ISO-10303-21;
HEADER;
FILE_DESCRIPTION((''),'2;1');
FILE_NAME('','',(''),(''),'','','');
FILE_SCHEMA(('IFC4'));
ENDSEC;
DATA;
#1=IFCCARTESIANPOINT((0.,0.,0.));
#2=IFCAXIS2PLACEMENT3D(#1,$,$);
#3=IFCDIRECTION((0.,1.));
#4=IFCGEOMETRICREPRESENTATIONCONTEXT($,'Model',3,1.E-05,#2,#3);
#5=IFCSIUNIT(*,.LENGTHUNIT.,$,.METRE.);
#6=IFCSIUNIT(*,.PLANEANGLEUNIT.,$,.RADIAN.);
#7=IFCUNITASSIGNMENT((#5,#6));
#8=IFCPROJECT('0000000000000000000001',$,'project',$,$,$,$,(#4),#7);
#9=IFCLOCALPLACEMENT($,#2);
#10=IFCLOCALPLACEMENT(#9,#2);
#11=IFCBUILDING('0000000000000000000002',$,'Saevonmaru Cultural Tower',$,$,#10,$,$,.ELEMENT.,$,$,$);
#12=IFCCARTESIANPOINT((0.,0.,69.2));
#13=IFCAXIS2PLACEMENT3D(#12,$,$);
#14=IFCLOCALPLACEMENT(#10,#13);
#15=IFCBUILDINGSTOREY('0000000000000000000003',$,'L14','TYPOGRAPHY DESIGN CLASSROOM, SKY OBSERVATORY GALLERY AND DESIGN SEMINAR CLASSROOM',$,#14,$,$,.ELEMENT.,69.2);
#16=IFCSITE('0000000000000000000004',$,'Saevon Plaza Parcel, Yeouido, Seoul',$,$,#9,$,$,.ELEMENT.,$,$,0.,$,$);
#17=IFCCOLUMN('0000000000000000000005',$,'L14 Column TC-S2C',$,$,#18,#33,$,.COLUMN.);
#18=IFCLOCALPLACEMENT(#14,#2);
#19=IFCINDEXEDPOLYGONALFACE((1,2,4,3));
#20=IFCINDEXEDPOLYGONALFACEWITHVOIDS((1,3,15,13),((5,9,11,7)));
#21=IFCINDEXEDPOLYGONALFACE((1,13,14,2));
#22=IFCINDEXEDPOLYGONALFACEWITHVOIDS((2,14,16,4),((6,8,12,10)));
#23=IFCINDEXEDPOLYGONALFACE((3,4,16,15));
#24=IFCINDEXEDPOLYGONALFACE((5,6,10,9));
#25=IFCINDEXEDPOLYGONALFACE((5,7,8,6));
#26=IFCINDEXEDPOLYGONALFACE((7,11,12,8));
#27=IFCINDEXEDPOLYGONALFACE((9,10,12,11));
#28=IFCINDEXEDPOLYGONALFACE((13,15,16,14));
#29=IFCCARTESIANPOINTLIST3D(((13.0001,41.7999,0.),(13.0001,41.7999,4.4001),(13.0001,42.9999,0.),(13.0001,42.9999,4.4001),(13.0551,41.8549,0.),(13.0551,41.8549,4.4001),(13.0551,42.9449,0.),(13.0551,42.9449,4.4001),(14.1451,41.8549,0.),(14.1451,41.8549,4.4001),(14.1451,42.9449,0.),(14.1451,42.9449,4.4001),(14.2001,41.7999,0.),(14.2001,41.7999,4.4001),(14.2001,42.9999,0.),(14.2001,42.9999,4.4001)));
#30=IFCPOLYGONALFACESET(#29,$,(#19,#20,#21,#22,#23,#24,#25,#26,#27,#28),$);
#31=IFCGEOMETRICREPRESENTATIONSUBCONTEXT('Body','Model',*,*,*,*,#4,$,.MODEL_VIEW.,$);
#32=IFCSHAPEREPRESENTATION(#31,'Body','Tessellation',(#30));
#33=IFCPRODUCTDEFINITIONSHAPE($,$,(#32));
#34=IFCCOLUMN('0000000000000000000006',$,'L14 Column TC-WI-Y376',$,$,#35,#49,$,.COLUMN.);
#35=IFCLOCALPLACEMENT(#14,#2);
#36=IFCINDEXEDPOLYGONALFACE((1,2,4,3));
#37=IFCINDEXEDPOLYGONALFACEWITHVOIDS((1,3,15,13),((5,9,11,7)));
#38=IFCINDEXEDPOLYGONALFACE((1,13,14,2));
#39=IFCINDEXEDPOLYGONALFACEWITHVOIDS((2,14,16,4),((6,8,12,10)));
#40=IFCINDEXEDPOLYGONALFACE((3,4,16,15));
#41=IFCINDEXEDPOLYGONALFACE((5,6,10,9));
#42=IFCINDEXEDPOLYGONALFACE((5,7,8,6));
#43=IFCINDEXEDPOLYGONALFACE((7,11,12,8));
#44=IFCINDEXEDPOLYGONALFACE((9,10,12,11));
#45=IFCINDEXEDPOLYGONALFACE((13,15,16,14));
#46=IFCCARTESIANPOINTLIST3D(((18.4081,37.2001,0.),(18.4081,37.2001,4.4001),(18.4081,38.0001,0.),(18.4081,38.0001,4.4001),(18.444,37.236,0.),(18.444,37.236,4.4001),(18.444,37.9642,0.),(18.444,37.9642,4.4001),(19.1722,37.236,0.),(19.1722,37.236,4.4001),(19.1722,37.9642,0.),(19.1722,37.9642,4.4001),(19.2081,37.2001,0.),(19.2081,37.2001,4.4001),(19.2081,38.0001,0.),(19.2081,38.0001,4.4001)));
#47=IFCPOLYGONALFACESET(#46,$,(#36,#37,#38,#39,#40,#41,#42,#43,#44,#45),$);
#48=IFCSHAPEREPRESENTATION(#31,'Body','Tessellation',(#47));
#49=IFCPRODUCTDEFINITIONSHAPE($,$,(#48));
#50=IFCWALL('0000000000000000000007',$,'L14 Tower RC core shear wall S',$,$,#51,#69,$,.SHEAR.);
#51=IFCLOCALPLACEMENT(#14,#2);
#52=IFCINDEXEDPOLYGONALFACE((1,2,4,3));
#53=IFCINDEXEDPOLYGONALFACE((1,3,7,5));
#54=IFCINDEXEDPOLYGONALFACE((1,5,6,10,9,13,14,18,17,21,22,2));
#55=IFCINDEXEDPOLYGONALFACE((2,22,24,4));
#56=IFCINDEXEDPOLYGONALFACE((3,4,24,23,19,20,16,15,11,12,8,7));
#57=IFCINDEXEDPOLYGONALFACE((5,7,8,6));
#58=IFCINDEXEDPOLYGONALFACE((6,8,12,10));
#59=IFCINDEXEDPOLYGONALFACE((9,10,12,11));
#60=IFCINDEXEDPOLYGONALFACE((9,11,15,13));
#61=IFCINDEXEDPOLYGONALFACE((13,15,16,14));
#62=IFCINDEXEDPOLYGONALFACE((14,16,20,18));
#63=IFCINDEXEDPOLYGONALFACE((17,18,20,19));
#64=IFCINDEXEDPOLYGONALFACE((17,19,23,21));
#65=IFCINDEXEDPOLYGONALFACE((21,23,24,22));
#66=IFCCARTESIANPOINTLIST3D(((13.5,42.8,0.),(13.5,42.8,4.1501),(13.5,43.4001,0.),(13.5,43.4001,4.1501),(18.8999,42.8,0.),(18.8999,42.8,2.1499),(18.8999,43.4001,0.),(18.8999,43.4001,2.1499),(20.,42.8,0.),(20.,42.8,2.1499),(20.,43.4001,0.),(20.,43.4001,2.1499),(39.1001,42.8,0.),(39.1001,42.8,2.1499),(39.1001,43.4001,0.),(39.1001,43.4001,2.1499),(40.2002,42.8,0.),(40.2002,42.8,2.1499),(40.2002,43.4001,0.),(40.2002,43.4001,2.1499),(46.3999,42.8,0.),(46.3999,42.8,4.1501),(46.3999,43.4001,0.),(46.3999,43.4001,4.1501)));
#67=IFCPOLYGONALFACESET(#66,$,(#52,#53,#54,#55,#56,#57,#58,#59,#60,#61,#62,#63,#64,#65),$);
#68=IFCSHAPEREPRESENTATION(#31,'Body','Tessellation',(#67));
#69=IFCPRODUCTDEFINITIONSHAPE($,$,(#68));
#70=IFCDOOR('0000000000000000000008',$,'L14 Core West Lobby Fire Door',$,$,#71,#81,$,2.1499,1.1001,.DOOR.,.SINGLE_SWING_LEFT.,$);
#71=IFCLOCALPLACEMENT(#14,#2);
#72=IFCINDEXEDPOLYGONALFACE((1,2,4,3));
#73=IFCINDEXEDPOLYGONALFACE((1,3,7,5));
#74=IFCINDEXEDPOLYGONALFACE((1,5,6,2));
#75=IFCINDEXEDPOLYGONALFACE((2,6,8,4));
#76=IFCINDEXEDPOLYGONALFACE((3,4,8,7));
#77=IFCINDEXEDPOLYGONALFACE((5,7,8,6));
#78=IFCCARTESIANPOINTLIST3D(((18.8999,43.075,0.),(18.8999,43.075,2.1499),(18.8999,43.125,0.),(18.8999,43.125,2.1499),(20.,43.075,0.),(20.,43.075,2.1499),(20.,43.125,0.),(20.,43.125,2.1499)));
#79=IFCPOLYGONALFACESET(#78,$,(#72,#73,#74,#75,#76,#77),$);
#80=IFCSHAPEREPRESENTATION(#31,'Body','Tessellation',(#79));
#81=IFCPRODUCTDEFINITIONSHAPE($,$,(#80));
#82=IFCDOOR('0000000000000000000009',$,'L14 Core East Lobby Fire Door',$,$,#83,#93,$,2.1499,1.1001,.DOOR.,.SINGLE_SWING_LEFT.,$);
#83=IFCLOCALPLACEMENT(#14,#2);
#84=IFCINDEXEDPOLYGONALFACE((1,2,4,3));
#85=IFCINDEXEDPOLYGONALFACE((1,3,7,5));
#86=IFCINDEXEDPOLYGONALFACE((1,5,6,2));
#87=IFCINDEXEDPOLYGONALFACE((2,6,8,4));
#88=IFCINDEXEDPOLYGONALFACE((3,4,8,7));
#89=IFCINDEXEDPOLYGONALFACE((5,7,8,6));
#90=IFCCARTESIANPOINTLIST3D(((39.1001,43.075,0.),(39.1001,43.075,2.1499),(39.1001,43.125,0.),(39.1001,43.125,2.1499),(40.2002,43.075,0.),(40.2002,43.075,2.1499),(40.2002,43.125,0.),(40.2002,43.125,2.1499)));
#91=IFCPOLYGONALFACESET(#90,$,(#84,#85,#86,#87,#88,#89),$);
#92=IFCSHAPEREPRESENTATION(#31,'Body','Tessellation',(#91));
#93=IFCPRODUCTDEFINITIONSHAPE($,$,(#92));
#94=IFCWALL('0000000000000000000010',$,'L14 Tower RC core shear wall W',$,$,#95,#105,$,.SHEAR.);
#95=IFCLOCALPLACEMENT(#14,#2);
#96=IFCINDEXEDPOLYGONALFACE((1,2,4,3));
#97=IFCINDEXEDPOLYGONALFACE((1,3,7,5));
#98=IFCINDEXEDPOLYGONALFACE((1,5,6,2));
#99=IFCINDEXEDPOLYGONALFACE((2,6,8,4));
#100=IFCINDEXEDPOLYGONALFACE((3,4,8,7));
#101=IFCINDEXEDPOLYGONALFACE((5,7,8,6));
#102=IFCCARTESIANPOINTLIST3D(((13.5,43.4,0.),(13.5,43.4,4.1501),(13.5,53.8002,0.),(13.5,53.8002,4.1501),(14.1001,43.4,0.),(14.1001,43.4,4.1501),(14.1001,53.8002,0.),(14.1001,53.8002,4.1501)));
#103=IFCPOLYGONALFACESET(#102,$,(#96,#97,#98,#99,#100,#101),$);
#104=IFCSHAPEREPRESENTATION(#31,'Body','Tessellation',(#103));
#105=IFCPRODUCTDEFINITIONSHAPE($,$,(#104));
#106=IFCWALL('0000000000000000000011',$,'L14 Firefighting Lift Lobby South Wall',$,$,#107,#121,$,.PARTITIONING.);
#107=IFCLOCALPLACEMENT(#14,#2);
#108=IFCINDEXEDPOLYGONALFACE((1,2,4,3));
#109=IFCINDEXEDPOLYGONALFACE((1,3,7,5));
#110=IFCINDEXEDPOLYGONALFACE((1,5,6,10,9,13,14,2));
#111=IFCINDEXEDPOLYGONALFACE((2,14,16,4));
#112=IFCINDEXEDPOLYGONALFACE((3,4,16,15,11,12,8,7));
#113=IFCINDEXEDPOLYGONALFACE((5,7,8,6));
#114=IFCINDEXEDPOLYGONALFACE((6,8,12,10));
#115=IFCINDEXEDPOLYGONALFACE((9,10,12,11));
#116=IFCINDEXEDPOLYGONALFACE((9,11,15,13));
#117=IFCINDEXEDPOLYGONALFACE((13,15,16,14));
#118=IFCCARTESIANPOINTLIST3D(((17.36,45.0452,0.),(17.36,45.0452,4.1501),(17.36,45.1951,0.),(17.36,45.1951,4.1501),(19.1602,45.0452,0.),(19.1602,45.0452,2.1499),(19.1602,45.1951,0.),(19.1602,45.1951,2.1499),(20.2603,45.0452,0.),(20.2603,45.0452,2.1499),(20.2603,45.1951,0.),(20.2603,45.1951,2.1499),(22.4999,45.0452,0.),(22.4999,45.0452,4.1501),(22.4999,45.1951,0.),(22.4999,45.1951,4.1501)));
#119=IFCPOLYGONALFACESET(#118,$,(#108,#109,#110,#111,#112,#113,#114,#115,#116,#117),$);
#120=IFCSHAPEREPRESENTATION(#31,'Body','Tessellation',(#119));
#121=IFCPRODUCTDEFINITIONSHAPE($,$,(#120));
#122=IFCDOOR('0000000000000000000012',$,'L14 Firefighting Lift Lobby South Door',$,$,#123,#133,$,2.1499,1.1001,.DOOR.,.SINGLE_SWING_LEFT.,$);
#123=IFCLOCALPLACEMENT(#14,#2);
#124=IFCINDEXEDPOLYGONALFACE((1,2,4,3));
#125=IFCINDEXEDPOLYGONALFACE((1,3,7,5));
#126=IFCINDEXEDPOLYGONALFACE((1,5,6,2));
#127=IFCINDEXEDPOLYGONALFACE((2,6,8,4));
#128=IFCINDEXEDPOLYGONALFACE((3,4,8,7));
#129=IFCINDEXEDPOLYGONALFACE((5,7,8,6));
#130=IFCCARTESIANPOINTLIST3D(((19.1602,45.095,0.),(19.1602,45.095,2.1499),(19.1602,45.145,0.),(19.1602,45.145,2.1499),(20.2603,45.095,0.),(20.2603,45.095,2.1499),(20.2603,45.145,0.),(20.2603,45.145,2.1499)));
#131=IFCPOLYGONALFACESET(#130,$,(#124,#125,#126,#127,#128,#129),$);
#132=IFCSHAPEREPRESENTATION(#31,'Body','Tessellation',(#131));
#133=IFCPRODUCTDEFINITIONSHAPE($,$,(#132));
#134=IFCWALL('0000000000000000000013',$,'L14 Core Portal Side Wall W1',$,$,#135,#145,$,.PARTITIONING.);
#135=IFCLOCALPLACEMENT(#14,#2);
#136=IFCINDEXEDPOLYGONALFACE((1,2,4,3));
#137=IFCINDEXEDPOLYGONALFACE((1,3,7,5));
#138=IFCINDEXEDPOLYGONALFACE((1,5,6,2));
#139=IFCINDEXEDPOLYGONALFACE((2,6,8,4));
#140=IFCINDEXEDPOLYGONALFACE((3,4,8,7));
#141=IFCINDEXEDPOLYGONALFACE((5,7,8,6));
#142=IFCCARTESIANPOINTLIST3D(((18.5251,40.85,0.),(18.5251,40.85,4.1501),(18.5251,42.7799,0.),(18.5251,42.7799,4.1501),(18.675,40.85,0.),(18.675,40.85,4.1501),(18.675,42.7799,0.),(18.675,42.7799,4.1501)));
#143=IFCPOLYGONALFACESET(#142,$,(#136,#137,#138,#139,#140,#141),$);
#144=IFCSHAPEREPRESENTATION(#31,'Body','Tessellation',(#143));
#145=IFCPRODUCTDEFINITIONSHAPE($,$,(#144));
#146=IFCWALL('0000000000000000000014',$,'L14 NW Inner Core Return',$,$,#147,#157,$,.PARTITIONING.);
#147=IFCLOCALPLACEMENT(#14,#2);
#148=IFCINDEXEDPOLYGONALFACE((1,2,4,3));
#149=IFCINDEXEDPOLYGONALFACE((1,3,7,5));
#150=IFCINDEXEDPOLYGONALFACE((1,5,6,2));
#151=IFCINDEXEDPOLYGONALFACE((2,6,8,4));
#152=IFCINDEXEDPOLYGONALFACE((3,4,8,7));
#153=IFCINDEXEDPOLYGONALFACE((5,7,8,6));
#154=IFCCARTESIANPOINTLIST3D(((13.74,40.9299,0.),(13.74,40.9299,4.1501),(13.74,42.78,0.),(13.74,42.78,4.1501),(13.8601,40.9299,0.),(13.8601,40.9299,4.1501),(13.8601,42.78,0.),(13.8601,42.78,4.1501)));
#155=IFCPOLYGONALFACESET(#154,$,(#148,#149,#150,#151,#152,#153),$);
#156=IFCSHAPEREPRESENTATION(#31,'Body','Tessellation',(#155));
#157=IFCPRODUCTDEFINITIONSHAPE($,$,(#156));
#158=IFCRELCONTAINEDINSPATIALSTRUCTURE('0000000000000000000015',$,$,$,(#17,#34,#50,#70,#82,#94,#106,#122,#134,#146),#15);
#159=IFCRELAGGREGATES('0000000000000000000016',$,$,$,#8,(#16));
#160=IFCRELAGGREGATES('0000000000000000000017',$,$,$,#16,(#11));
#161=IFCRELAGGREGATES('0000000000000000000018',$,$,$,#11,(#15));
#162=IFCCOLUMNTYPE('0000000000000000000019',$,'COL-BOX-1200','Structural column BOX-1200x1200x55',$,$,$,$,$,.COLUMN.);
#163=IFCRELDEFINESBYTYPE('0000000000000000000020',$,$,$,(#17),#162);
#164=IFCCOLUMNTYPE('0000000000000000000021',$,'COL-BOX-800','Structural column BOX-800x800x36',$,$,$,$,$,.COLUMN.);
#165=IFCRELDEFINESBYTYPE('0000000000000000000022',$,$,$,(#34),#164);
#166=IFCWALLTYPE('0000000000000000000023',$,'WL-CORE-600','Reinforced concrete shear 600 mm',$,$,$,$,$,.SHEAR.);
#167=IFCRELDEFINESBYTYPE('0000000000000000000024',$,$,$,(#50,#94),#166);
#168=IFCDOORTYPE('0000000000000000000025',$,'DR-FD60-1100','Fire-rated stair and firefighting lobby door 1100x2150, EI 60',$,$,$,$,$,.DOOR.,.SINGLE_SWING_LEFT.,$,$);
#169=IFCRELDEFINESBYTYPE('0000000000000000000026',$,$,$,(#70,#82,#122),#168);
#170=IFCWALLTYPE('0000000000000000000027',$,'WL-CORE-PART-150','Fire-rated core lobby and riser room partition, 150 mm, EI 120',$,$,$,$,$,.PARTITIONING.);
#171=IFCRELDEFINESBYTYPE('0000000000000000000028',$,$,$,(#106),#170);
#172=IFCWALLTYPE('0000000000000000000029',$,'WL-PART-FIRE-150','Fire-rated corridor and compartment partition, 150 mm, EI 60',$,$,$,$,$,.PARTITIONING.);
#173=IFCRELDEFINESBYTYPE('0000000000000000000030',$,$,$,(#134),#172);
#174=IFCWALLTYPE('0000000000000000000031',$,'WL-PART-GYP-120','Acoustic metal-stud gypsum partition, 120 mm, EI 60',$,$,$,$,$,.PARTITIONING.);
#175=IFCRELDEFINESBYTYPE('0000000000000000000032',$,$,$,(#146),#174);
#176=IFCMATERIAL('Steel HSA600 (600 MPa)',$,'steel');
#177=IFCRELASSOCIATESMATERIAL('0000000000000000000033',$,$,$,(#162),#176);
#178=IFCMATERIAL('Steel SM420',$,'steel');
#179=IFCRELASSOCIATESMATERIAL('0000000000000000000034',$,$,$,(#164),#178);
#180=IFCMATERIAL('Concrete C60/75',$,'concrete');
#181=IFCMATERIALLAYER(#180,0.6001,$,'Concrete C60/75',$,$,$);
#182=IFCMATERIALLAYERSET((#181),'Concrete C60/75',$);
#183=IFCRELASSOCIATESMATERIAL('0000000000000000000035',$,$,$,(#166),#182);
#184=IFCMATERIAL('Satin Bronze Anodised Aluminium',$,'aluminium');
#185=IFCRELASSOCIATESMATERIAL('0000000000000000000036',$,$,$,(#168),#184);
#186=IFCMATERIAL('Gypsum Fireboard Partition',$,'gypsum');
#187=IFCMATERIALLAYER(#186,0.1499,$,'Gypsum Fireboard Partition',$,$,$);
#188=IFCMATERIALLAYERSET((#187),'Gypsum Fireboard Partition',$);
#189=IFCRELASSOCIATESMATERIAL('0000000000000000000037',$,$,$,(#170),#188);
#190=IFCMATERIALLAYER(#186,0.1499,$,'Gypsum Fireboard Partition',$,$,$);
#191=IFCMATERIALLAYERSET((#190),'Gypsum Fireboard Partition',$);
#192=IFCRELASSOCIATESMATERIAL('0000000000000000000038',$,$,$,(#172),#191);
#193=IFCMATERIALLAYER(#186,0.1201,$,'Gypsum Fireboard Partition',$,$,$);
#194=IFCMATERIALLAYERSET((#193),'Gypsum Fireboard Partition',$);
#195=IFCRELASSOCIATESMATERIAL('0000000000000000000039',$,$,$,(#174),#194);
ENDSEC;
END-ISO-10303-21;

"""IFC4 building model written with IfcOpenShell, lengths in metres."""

from ifc_helpers import new_model, si_unit, direction, frame, frame_2d, origin, origin_2d, place, context, subcontext, project, spatial, rectangle, hollow_rectangle, extrude, material, layer, layer_set, material_profile, profile_set, type_object, element, fill, save


model = new_model("IFC4")

# Units and contexts
model_context = context("Model", 3, precision=1e-05, world=origin(), true_north=direction((0.0, 1.0)))
body_context = subcontext(model_context, "Body", "Model", "MODEL_VIEW")
ifc_project = project(units=[si_unit("LENGTHUNIT", "METRE"), si_unit("PLANEANGLEUNIT", "RADIAN")], contexts=[model_context])

# Site, building, storey
site_placement = place(None, origin())
site = spatial("IfcSite", under=ifc_project, at=site_placement, Name="Saevon Plaza Parcel, Yeouido, Seoul", CompositionType="ELEMENT", RefElevation=0.0)
building_placement = place(site_placement, origin())
building = spatial("IfcBuilding", under=site, at=building_placement, Name="Saevonmaru Cultural Tower", CompositionType="ELEMENT")
storey_placement = place(building_placement, frame((0.0, 0.0, 69.2)))
storey = spatial("IfcBuildingStorey", under=building, at=storey_placement, Name="L14", Description="TYPOGRAPHY DESIGN CLASSROOM, SKY OBSERVATORY GALLERY AND DESIGN SEMINAR CLASSROOM", CompositionType="ELEMENT", Elevation=69.2)

# Columns
ifc_material_1 = material(Name="Steel HSA600 (600 MPa)", Category="steel")
ifc_material_profile_1 = material_profile(ifc_material_1, hollow_rectangle(XDim=1.2, YDim=1.2, WallThickness=0.0549, at=origin_2d()), Name="BOX-1200x1200x55")
ifc_profile_set_1 = profile_set([ifc_material_profile_1], Name="Steel HSA600 (600 MPa)")
column_type_1 = type_object("IfcColumnType", Name="COL-BOX-1200", Description="Structural column BOX-1200x1200x55", PredefinedType="COLUMN", material=ifc_profile_set_1)
column_1_placement = place(storey_placement, frame((13.6001, 42.3999, 0.0), z_axis=(0.0, 0.0, 1.0), x_axis=(1.0, 0.0, 0.0)))
element("IfcColumn", 1, at=column_1_placement, inside=storey, type_object=column_type_1, Name="L14 Column TC-S2C", PredefinedType="COLUMN", context=body_context, shape_type="SweptSolid", body=[
    extrude(hollow_rectangle(XDim=1.2, YDim=1.2, WallThickness=0.0549, at=origin_2d()), origin(), (0.0, 0.0, 1.0), 4.4001),
])
ifc_material_2 = material(Name="Steel SM420", Category="steel")
ifc_material_profile_2 = material_profile(ifc_material_2, hollow_rectangle(XDim=0.8, YDim=0.8, WallThickness=0.0359, at=origin_2d()), Name="BOX-800x800x36")
ifc_profile_set_2 = profile_set([ifc_material_profile_2], Name="Steel SM420")
column_type_2 = type_object("IfcColumnType", Name="COL-BOX-800", Description="Structural column BOX-800x800x36", PredefinedType="COLUMN", material=ifc_profile_set_2)
column_2_placement = place(storey_placement, frame((18.8081, 37.6001, 0.0), z_axis=(0.0, 0.0, 1.0), x_axis=(1.0, 0.0, 0.0)))
element("IfcColumn", 2, at=column_2_placement, inside=storey, type_object=column_type_2, Name="L14 Column TC-WI-Y376", PredefinedType="COLUMN", context=body_context, shape_type="SweptSolid", body=[
    extrude(hollow_rectangle(XDim=0.8, YDim=0.8, WallThickness=0.0359, at=origin_2d()), origin(), (0.0, 0.0, 1.0), 4.4001),
])

# Wall, openings, doors
ifc_material_3 = material(Name="Concrete C60/75", Category="concrete")
ifc_layer_1 = layer(ifc_material_3, 0.6001, Name="Concrete C60/75")
ifc_layer_set_1 = layer_set([ifc_layer_1], Name="Concrete C60/75")
wall_type_1 = type_object("IfcWallType", Name="WL-CORE-600", Description="Reinforced concrete shear 600 mm", PredefinedType="SHEAR", material=ifc_layer_set_1)
wall_1_placement = place(storey_placement, frame((13.5, 43.1001, 0.0), z_axis=(0.0, 0.0, 1.0), x_axis=(1.0, 0.0, 0.0)))
wall_1 = element("IfcWall", 3, at=wall_1_placement, inside=storey, type_object=wall_type_1, Name="L14 Tower RC core shear wall S", PredefinedType="SHEAR", context=body_context, shape_type="SweptSolid", body=[
    extrude(rectangle(XDim=32.8999, YDim=0.6001, at=frame_2d((16.45, 0.0))), origin(), (0.0, 0.0, 1.0), 4.1501),
])
opening_1_placement = place(wall_1_placement, frame((5.3999, 0.0, 0.0)))
opening_1 = element("IfcOpeningElement", 4, at=opening_1_placement, cuts=wall_1, PredefinedType="OPENING", context=body_context, shape_type="SweptSolid", body=[
    extrude(rectangle(XDim=1.1001, YDim=2.1499, at=frame_2d((0.55, 1.075))), frame((0.0, 0.3101, 0.0), z_axis=(0.0, -1.0, 0.0), x_axis=(1.0, 0.0, 0.0)), (0.0, 0.0, 1.0), 0.6201),
])
opening_2_placement = place(wall_1_placement, frame((25.6001, 0.0, 0.0)))
opening_2 = element("IfcOpeningElement", 5, at=opening_2_placement, cuts=wall_1, PredefinedType="OPENING", context=body_context, shape_type="SweptSolid", body=[
    extrude(rectangle(XDim=1.1001, YDim=2.1499, at=frame_2d((0.55, 1.075))), frame((0.0, 0.3101, 0.0), z_axis=(0.0, -1.0, 0.0), x_axis=(1.0, 0.0, 0.0)), (0.0, 0.0, 1.0), 0.6201),
])
ifc_material_4 = material(Name="Satin Bronze Anodised Aluminium", Category="aluminium")
door_type_1 = type_object("IfcDoorType", Name="DR-FD60-1100", Description="Fire-rated stair and firefighting lobby door 1100x2150, EI 60", OperationType="SINGLE_SWING_LEFT", PredefinedType="DOOR", material=ifc_material_4)
door_1_placement = place(opening_1_placement, origin())
door_1 = element("IfcDoor", 6, at=door_1_placement, inside=storey, type_object=door_type_1, Name="L14 Core West Lobby Fire Door", OperationType="SINGLE_SWING_LEFT", OverallHeight=2.1499, OverallWidth=1.1001, PredefinedType="DOOR", context=body_context, shape_type="SweptSolid", body=[
    extrude(rectangle(XDim=1.1001, YDim=2.1499, at=frame_2d((0.55, 1.075))), frame((0.0, 0.0249, 0.0), z_axis=(0.0, -1.0, 0.0), x_axis=(1.0, 0.0, 0.0)), (0.0, 0.0, 1.0), 0.05),
])
fill(opening_1, door_1)
door_2_placement = place(opening_2_placement, origin())
door_2 = element("IfcDoor", 7, at=door_2_placement, inside=storey, type_object=door_type_1, Name="L14 Core East Lobby Fire Door", OperationType="SINGLE_SWING_LEFT", OverallHeight=2.1499, OverallWidth=1.1001, PredefinedType="DOOR", context=body_context, shape_type="SweptSolid", body=[
    extrude(rectangle(XDim=1.1001, YDim=2.1499, at=frame_2d((0.55, 1.075))), frame((0.0, 0.0249, 0.0), z_axis=(0.0, -1.0, 0.0), x_axis=(1.0, 0.0, 0.0)), (0.0, 0.0, 1.0), 0.05),
])
fill(opening_2, door_2)

# Wall
wall_2_placement = place(storey_placement, frame((13.8, 43.3999, 0.0), z_axis=(0.0, 0.0, 1.0), x_axis=(0.0, 1.0, 0.0)))
element("IfcWall", 8, at=wall_2_placement, inside=storey, type_object=wall_type_1, Name="L14 Tower RC core shear wall W", PredefinedType="SHEAR", context=body_context, shape_type="SweptSolid", body=[
    extrude(rectangle(XDim=10.4001, YDim=0.6001, at=frame_2d((5.2002, 0.0))), origin(), (0.0, 0.0, 1.0), 4.1501),
])

# Wall, opening, door
ifc_material_5 = material(Name="Gypsum Fireboard Partition", Category="gypsum")
ifc_layer_2 = layer(ifc_material_5, 0.1499, Name="Gypsum Fireboard Partition")
ifc_layer_set_2 = layer_set([ifc_layer_2], Name="Gypsum Fireboard Partition")
wall_type_2 = type_object("IfcWallType", Name="WL-CORE-PART-150", Description="Fire-rated core lobby and riser room partition, 150 mm, EI 120", PredefinedType="PARTITIONING", material=ifc_layer_set_2)
wall_3_placement = place(storey_placement, frame((17.3601, 45.1201, 0.0), z_axis=(0.0, 0.0, 1.0), x_axis=(1.0, 0.0, 0.0)))
wall_3 = element("IfcWall", 9, at=wall_3_placement, inside=storey, type_object=wall_type_2, Name="L14 Firefighting Lift Lobby South Wall", PredefinedType="PARTITIONING", context=body_context, shape_type="SweptSolid", body=[
    extrude(rectangle(XDim=5.1399, YDim=0.1499, at=frame_2d((2.5698, 0.0))), origin(), (0.0, 0.0, 1.0), 4.1501),
])
opening_3_placement = place(wall_3_placement, frame((1.8, 0.0, 0.0)))
opening_3 = element("IfcOpeningElement", 10, at=opening_3_placement, cuts=wall_3, PredefinedType="OPENING", context=body_context, shape_type="SweptSolid", body=[
    extrude(rectangle(XDim=1.1001, YDim=2.1499, at=frame_2d((0.55, 1.075))), frame((0.0, 0.085, 0.0), z_axis=(0.0, -1.0, 0.0), x_axis=(1.0, 0.0, 0.0)), (0.0, 0.0, 1.0), 0.1699),
])
door_3_placement = place(opening_3_placement, origin())
door_3 = element("IfcDoor", 11, at=door_3_placement, inside=storey, type_object=door_type_1, Name="L14 Firefighting Lift Lobby South Door", OperationType="SINGLE_SWING_LEFT", OverallHeight=2.1499, OverallWidth=1.1001, PredefinedType="DOOR", context=body_context, shape_type="SweptSolid", body=[
    extrude(rectangle(XDim=1.1001, YDim=2.1499, at=frame_2d((0.55, 1.075))), frame((0.0, 0.0249, 0.0), z_axis=(0.0, -1.0, 0.0), x_axis=(1.0, 0.0, 0.0)), (0.0, 0.0, 1.0), 0.05),
])
fill(opening_3, door_3)

# Walls
ifc_layer_3 = layer(ifc_material_5, 0.1499, Name="Gypsum Fireboard Partition")
ifc_layer_set_3 = layer_set([ifc_layer_3], Name="Gypsum Fireboard Partition")
wall_type_3 = type_object("IfcWallType", Name="WL-PART-FIRE-150", Description="Fire-rated corridor and compartment partition, 150 mm, EI 60", PredefinedType="PARTITIONING", material=ifc_layer_set_3)
wall_4_placement = place(storey_placement, frame((18.6001, 40.8501, 0.0), z_axis=(0.0, 0.0, 1.0), x_axis=(0.0, 1.0, 0.0)))
element("IfcWall", 12, at=wall_4_placement, inside=storey, type_object=wall_type_3, Name="L14 Core Portal Side Wall W1", PredefinedType="PARTITIONING", context=body_context, shape_type="SweptSolid", body=[
    extrude(rectangle(XDim=1.9299, YDim=0.1499, at=frame_2d((0.9648, 0.0))), origin(), (0.0, 0.0, 1.0), 4.1501),
])
ifc_layer_4 = layer(ifc_material_5, 0.1201, Name="Gypsum Fireboard Partition")
ifc_layer_set_4 = layer_set([ifc_layer_4], Name="Gypsum Fireboard Partition")
wall_type_4 = type_object("IfcWallType", Name="WL-PART-GYP-120", Description="Acoustic metal-stud gypsum partition, 120 mm, EI 60", PredefinedType="PARTITIONING", material=ifc_layer_set_4)
wall_5_placement = place(storey_placement, frame((13.8, 40.9299, 0.0), z_axis=(0.0, 0.0, 1.0), x_axis=(0.0, 1.0, 0.0)))
element("IfcWall", 13, at=wall_5_placement, inside=storey, type_object=wall_type_4, Name="L14 NW Inner Core Return", PredefinedType="PARTITIONING", context=body_context, shape_type="SweptSolid", body=[
    extrude(rectangle(XDim=1.8501, YDim=0.1201, at=frame_2d((0.925, 0.0))), origin(), (0.0, 0.0, 1.0), 4.1501),
])

save(model, "model.ifc")
